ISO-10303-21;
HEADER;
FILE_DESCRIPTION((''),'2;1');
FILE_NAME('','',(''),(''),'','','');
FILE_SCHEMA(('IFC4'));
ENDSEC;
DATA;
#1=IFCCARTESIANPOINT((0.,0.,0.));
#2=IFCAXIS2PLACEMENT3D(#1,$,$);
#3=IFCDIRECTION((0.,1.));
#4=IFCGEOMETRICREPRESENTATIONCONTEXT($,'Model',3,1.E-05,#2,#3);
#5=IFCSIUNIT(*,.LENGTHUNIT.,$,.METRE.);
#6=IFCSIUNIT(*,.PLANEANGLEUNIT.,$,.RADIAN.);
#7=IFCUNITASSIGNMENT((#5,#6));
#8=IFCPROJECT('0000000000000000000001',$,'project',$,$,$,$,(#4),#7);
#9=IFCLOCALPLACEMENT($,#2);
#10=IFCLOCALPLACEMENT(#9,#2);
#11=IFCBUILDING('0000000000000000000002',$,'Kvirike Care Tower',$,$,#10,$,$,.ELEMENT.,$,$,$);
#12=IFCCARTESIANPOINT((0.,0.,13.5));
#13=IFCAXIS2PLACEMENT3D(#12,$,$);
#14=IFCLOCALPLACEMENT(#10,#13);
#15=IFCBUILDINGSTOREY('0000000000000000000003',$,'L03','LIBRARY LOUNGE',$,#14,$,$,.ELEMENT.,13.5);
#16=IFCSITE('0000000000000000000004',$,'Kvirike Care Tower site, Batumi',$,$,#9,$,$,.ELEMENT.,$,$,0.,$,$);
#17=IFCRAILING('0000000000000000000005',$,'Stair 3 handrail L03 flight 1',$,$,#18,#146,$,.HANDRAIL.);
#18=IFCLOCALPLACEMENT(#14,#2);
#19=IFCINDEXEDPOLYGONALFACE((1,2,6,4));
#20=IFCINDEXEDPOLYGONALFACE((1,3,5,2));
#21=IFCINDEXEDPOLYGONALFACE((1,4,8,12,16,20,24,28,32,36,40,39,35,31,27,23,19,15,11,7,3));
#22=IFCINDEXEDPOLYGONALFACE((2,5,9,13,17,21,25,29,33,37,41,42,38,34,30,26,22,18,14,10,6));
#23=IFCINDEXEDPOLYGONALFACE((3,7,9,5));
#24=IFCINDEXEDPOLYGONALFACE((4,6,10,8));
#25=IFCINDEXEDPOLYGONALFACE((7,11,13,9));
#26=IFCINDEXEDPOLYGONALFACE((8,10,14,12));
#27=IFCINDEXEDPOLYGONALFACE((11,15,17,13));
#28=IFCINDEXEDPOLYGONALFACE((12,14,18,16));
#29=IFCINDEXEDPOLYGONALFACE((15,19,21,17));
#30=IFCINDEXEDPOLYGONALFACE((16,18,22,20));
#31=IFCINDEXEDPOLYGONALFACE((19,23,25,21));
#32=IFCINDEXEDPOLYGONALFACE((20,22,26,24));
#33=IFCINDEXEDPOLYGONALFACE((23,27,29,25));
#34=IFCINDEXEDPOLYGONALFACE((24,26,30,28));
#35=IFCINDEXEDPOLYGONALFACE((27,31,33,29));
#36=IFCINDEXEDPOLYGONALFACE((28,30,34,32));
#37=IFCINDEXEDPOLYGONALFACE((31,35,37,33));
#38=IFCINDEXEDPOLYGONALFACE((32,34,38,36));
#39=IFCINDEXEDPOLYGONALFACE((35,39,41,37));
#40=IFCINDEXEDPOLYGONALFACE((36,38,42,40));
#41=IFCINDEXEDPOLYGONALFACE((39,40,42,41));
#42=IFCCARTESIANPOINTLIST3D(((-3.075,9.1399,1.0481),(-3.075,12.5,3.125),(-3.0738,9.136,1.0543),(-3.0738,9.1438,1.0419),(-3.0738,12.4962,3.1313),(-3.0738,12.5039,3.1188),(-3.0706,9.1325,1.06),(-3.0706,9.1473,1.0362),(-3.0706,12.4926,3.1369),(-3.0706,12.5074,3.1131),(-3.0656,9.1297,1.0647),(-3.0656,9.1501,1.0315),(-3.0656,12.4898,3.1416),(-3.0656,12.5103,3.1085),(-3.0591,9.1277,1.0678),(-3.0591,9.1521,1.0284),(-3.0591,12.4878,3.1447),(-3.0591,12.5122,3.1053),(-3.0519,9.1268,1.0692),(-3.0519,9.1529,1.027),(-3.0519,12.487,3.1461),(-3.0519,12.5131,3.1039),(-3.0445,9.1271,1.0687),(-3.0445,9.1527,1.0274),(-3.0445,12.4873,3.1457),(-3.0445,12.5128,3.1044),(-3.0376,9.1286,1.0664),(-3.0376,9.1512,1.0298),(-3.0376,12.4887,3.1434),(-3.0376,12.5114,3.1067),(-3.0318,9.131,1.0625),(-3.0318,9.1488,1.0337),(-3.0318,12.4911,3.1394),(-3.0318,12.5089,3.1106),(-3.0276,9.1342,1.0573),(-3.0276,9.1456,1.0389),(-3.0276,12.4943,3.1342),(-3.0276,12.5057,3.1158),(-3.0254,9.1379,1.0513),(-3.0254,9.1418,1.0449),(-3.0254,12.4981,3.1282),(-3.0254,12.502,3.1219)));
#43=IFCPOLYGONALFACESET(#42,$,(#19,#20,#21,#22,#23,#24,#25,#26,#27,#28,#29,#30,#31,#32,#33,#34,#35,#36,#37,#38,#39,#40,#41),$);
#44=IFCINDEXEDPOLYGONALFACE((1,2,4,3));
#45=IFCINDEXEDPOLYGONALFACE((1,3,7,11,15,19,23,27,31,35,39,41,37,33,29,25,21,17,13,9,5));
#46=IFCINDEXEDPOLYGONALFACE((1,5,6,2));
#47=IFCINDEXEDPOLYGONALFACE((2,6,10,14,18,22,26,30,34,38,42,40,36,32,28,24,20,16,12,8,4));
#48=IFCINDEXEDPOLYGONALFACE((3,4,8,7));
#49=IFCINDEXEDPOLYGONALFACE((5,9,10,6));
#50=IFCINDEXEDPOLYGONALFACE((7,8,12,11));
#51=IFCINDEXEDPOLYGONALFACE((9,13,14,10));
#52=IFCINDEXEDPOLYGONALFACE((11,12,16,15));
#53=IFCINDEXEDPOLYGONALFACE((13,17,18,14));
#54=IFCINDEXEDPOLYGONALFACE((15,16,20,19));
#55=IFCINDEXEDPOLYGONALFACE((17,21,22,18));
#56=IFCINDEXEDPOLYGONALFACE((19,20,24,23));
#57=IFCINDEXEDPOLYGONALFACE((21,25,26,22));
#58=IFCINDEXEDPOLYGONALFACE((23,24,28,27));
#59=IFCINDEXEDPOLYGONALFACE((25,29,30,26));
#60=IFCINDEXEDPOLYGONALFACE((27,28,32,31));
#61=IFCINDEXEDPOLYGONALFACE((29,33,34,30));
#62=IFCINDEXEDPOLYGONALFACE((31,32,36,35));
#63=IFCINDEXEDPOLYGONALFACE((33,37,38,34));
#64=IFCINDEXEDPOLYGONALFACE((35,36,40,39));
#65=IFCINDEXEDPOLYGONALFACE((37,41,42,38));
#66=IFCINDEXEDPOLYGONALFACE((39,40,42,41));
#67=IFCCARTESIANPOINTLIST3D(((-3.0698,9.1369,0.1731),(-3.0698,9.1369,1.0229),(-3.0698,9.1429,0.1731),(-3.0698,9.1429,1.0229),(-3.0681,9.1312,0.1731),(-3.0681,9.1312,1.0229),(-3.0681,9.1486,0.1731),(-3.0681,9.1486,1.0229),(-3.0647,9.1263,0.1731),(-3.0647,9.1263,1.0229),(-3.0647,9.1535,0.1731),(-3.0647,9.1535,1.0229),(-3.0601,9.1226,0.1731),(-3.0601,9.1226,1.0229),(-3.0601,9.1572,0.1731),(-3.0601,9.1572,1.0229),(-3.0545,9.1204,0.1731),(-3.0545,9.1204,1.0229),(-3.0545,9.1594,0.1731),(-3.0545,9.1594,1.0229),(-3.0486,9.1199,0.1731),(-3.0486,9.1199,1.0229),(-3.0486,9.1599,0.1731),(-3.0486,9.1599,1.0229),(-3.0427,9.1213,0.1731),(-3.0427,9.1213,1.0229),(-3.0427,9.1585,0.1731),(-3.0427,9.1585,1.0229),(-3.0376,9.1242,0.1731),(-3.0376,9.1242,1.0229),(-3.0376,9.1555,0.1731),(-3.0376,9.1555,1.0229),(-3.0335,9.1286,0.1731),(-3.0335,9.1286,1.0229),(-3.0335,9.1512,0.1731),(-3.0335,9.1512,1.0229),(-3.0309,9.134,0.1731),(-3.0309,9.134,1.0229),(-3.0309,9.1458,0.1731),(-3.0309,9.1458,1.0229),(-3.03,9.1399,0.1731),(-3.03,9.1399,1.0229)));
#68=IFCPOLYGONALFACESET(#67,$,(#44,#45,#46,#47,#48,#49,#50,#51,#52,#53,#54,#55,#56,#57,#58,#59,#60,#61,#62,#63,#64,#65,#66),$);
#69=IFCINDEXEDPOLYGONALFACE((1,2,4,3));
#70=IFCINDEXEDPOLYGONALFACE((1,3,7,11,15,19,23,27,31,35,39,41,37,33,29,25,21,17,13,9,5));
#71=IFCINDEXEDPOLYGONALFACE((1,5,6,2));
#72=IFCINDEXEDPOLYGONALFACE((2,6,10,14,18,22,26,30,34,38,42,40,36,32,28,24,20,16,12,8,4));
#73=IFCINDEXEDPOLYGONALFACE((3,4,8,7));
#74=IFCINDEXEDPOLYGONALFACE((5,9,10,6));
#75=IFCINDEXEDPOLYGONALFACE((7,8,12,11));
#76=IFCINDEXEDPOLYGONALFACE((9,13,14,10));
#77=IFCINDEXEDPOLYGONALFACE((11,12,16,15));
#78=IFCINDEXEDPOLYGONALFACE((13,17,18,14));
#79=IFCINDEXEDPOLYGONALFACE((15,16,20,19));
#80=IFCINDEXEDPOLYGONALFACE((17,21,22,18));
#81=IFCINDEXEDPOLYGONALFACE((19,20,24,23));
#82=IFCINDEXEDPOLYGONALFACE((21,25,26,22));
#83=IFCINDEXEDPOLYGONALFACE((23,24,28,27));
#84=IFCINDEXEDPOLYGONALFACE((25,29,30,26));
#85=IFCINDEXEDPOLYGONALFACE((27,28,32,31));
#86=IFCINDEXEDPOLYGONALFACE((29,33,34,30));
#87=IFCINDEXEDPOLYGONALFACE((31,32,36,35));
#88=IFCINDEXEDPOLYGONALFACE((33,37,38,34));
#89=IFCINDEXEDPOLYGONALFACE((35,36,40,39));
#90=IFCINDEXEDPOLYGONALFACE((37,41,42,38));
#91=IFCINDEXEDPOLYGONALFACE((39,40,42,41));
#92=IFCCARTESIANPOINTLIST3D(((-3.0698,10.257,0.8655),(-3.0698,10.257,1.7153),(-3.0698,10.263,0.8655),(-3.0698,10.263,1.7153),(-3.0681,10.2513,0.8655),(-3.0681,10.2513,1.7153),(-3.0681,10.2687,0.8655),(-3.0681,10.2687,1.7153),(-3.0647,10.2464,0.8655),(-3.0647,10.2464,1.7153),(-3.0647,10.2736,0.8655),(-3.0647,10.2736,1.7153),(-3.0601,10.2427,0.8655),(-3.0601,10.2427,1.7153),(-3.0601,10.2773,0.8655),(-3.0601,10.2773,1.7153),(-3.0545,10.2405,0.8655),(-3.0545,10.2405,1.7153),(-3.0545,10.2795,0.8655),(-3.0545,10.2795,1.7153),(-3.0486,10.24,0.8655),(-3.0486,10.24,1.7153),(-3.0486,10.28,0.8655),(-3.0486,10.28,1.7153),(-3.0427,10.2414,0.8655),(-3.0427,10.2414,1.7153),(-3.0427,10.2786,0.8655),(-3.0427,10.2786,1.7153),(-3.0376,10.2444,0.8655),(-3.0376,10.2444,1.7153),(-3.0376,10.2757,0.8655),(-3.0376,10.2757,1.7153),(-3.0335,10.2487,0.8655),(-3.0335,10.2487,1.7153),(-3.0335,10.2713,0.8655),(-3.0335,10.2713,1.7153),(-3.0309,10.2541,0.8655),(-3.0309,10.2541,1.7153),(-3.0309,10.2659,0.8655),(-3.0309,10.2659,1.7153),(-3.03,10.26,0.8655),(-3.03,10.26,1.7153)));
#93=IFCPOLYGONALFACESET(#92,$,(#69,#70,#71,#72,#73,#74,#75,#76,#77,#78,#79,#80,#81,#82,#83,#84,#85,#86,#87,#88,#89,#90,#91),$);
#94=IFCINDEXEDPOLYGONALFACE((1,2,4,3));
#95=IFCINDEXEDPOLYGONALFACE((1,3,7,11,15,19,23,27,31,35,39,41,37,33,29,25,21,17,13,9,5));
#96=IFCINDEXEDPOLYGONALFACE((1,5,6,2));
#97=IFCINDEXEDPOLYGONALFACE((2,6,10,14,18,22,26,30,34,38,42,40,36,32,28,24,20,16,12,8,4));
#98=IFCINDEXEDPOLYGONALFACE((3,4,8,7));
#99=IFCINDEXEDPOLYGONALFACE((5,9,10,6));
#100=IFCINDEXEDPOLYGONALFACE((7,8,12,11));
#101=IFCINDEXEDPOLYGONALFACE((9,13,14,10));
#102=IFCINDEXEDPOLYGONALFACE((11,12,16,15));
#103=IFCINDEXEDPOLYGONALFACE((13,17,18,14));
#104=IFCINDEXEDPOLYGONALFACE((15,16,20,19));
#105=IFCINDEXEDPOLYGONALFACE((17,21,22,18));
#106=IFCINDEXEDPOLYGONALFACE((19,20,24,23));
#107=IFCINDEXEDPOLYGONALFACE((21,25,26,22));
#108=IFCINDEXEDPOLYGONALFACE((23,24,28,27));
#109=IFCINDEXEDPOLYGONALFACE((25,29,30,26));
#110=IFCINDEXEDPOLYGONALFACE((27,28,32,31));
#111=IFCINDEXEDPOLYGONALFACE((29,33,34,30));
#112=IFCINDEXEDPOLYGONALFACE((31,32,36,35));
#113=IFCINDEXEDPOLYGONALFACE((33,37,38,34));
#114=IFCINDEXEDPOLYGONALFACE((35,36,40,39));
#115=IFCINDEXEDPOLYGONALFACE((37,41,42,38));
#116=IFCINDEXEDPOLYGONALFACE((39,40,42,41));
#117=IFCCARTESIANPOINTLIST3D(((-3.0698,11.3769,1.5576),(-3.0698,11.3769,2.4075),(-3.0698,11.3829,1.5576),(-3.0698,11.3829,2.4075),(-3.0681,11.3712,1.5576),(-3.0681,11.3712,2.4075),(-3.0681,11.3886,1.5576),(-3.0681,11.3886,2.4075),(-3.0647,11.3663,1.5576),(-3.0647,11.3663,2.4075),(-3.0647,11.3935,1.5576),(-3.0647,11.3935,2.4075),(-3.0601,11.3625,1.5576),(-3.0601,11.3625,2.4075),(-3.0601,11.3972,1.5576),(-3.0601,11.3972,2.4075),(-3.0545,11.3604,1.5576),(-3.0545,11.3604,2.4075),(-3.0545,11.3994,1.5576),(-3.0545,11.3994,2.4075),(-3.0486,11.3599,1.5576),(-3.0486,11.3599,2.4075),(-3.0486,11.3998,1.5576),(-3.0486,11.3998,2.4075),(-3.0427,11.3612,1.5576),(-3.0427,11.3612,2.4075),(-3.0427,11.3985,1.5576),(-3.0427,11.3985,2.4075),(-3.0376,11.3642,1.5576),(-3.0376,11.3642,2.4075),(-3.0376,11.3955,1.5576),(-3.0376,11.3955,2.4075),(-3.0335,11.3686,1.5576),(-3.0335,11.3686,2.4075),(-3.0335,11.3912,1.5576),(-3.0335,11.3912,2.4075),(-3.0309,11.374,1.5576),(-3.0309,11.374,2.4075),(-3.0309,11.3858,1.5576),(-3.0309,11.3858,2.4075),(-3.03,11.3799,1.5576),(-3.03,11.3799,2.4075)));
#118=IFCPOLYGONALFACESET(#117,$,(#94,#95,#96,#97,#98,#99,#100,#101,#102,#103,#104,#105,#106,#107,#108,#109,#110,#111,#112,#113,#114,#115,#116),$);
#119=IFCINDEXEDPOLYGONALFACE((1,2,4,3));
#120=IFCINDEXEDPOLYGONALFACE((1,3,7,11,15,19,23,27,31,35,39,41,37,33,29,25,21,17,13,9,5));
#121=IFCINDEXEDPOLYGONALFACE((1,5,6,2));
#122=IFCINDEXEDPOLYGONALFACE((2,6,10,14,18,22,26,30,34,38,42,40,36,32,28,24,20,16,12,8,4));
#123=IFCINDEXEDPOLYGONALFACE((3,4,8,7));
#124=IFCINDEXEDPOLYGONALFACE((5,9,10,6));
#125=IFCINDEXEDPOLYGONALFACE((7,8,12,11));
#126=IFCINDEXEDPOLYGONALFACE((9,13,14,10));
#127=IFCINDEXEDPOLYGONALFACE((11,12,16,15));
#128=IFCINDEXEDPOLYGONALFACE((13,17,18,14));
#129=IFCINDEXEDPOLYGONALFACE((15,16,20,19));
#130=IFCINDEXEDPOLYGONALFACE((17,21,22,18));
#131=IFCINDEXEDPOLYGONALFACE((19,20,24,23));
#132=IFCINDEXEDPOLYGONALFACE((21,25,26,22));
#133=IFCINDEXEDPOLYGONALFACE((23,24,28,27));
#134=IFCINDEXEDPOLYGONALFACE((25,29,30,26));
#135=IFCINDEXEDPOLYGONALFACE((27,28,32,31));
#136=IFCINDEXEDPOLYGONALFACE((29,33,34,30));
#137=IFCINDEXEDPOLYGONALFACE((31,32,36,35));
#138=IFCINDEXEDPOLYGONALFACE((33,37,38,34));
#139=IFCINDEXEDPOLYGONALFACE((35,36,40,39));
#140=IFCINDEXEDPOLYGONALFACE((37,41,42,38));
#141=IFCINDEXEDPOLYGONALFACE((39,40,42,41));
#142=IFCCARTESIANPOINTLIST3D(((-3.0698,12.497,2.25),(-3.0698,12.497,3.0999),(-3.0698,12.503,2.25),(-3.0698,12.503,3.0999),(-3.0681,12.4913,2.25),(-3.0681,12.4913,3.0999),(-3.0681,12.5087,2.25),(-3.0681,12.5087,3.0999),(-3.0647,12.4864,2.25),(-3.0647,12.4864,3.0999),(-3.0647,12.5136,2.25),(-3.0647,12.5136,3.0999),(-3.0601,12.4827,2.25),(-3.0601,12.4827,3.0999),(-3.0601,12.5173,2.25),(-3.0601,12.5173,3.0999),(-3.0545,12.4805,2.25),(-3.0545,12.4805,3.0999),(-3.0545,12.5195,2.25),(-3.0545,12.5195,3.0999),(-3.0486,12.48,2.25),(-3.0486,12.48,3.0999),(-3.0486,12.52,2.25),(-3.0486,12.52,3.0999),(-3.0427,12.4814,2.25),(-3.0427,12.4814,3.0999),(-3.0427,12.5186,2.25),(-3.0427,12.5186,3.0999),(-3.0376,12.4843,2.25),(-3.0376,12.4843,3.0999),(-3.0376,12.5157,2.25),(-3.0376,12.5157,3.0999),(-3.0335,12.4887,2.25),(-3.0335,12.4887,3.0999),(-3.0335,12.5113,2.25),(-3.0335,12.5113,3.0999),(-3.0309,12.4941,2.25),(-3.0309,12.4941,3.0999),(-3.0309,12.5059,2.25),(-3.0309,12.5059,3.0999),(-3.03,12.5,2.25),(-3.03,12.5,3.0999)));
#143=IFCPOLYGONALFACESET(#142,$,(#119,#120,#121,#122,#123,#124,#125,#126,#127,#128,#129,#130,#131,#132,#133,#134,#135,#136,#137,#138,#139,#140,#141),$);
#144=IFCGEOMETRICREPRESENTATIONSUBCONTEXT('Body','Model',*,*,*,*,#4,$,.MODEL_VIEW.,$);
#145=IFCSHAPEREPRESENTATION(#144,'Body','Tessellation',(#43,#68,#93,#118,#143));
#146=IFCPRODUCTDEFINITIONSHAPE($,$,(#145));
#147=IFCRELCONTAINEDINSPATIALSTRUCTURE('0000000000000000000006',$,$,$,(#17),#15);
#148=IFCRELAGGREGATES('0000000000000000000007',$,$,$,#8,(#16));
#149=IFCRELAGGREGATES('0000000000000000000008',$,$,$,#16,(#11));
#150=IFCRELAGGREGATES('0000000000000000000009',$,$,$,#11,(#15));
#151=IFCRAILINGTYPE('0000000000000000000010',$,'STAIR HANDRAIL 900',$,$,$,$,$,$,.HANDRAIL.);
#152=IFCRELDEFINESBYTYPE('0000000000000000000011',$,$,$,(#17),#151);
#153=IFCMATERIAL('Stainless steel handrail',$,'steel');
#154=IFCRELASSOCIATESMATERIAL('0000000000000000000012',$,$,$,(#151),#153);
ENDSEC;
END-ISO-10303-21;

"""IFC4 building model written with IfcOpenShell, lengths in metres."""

from ifc_helpers import new_model, si_unit, direction, frame, origin, origin_2d, place, context, subcontext, project, spatial, circle, extrude, material, type_object, element, save


model = new_model("IFC4")

# Units and contexts
model_context = context("Model", 3, precision=1e-05, world=origin(), true_north=direction((0.0, 1.0)))
body_context = subcontext(model_context, "Body", "Model", "MODEL_VIEW")
ifc_project = project(units=[si_unit("LENGTHUNIT", "METRE"), si_unit("PLANEANGLEUNIT", "RADIAN")], contexts=[model_context])

# Site, building, storey
site_placement = place(None, origin())
site = spatial("IfcSite", under=ifc_project, at=site_placement, Name="Kvirike Care Tower site, Batumi", CompositionType="ELEMENT", RefElevation=0.0)
building_placement = place(site_placement, origin())
building = spatial("IfcBuilding", under=site, at=building_placement, Name="Kvirike Care Tower", CompositionType="ELEMENT")
storey_placement = place(building_placement, frame((0.0, 0.0, 13.5)))
storey = spatial("IfcBuildingStorey", under=building, at=storey_placement, Name="L03", Description="LIBRARY LOUNGE", CompositionType="ELEMENT", Elevation=13.5)

# Railing
ifc_material_1 = material(Name="Stainless steel handrail", Category="steel")
railing_type = type_object("IfcRailingType", Name="STAIR HANDRAIL 900", PredefinedType="HANDRAIL", material=ifc_material_1)
railing_placement = place(storey_placement, frame((-3.05, 9.1399, 0.1731)))
element("IfcRailing", 1, at=railing_placement, inside=storey, type_object=railing_type, Name="Stair 3 handrail L03 flight 1", PredefinedType="HANDRAIL", context=body_context, shape_type="SweptSolid", body=[
    extrude(circle(Radius=0.0249, at=origin_2d()), frame((0.0, 0.0, 0.875), z_axis=(0.0, 0.850623, 0.525776), x_axis=(-1.0, 0.0, 0.0)), (0.0, 0.0, 1.0), 3.9502),
    extrude(circle(Radius=0.02, at=origin_2d()), origin(), (0.0, 0.0, 1.0), 0.8499),
    extrude(circle(Radius=0.02, at=origin_2d()), frame((0.0, 1.1201, 0.6924)), (0.0, 0.0, 1.0), 0.8499),
    extrude(circle(Radius=0.02, at=origin_2d()), frame((0.0, 2.24, 1.3845)), (0.0, 0.0, 1.0), 0.8499),
    extrude(circle(Radius=0.02, at=origin_2d()), frame((0.0, 3.3601, 2.0769)), (0.0, 0.0, 1.0), 0.8499),
])

save(model, "model.ifc")
